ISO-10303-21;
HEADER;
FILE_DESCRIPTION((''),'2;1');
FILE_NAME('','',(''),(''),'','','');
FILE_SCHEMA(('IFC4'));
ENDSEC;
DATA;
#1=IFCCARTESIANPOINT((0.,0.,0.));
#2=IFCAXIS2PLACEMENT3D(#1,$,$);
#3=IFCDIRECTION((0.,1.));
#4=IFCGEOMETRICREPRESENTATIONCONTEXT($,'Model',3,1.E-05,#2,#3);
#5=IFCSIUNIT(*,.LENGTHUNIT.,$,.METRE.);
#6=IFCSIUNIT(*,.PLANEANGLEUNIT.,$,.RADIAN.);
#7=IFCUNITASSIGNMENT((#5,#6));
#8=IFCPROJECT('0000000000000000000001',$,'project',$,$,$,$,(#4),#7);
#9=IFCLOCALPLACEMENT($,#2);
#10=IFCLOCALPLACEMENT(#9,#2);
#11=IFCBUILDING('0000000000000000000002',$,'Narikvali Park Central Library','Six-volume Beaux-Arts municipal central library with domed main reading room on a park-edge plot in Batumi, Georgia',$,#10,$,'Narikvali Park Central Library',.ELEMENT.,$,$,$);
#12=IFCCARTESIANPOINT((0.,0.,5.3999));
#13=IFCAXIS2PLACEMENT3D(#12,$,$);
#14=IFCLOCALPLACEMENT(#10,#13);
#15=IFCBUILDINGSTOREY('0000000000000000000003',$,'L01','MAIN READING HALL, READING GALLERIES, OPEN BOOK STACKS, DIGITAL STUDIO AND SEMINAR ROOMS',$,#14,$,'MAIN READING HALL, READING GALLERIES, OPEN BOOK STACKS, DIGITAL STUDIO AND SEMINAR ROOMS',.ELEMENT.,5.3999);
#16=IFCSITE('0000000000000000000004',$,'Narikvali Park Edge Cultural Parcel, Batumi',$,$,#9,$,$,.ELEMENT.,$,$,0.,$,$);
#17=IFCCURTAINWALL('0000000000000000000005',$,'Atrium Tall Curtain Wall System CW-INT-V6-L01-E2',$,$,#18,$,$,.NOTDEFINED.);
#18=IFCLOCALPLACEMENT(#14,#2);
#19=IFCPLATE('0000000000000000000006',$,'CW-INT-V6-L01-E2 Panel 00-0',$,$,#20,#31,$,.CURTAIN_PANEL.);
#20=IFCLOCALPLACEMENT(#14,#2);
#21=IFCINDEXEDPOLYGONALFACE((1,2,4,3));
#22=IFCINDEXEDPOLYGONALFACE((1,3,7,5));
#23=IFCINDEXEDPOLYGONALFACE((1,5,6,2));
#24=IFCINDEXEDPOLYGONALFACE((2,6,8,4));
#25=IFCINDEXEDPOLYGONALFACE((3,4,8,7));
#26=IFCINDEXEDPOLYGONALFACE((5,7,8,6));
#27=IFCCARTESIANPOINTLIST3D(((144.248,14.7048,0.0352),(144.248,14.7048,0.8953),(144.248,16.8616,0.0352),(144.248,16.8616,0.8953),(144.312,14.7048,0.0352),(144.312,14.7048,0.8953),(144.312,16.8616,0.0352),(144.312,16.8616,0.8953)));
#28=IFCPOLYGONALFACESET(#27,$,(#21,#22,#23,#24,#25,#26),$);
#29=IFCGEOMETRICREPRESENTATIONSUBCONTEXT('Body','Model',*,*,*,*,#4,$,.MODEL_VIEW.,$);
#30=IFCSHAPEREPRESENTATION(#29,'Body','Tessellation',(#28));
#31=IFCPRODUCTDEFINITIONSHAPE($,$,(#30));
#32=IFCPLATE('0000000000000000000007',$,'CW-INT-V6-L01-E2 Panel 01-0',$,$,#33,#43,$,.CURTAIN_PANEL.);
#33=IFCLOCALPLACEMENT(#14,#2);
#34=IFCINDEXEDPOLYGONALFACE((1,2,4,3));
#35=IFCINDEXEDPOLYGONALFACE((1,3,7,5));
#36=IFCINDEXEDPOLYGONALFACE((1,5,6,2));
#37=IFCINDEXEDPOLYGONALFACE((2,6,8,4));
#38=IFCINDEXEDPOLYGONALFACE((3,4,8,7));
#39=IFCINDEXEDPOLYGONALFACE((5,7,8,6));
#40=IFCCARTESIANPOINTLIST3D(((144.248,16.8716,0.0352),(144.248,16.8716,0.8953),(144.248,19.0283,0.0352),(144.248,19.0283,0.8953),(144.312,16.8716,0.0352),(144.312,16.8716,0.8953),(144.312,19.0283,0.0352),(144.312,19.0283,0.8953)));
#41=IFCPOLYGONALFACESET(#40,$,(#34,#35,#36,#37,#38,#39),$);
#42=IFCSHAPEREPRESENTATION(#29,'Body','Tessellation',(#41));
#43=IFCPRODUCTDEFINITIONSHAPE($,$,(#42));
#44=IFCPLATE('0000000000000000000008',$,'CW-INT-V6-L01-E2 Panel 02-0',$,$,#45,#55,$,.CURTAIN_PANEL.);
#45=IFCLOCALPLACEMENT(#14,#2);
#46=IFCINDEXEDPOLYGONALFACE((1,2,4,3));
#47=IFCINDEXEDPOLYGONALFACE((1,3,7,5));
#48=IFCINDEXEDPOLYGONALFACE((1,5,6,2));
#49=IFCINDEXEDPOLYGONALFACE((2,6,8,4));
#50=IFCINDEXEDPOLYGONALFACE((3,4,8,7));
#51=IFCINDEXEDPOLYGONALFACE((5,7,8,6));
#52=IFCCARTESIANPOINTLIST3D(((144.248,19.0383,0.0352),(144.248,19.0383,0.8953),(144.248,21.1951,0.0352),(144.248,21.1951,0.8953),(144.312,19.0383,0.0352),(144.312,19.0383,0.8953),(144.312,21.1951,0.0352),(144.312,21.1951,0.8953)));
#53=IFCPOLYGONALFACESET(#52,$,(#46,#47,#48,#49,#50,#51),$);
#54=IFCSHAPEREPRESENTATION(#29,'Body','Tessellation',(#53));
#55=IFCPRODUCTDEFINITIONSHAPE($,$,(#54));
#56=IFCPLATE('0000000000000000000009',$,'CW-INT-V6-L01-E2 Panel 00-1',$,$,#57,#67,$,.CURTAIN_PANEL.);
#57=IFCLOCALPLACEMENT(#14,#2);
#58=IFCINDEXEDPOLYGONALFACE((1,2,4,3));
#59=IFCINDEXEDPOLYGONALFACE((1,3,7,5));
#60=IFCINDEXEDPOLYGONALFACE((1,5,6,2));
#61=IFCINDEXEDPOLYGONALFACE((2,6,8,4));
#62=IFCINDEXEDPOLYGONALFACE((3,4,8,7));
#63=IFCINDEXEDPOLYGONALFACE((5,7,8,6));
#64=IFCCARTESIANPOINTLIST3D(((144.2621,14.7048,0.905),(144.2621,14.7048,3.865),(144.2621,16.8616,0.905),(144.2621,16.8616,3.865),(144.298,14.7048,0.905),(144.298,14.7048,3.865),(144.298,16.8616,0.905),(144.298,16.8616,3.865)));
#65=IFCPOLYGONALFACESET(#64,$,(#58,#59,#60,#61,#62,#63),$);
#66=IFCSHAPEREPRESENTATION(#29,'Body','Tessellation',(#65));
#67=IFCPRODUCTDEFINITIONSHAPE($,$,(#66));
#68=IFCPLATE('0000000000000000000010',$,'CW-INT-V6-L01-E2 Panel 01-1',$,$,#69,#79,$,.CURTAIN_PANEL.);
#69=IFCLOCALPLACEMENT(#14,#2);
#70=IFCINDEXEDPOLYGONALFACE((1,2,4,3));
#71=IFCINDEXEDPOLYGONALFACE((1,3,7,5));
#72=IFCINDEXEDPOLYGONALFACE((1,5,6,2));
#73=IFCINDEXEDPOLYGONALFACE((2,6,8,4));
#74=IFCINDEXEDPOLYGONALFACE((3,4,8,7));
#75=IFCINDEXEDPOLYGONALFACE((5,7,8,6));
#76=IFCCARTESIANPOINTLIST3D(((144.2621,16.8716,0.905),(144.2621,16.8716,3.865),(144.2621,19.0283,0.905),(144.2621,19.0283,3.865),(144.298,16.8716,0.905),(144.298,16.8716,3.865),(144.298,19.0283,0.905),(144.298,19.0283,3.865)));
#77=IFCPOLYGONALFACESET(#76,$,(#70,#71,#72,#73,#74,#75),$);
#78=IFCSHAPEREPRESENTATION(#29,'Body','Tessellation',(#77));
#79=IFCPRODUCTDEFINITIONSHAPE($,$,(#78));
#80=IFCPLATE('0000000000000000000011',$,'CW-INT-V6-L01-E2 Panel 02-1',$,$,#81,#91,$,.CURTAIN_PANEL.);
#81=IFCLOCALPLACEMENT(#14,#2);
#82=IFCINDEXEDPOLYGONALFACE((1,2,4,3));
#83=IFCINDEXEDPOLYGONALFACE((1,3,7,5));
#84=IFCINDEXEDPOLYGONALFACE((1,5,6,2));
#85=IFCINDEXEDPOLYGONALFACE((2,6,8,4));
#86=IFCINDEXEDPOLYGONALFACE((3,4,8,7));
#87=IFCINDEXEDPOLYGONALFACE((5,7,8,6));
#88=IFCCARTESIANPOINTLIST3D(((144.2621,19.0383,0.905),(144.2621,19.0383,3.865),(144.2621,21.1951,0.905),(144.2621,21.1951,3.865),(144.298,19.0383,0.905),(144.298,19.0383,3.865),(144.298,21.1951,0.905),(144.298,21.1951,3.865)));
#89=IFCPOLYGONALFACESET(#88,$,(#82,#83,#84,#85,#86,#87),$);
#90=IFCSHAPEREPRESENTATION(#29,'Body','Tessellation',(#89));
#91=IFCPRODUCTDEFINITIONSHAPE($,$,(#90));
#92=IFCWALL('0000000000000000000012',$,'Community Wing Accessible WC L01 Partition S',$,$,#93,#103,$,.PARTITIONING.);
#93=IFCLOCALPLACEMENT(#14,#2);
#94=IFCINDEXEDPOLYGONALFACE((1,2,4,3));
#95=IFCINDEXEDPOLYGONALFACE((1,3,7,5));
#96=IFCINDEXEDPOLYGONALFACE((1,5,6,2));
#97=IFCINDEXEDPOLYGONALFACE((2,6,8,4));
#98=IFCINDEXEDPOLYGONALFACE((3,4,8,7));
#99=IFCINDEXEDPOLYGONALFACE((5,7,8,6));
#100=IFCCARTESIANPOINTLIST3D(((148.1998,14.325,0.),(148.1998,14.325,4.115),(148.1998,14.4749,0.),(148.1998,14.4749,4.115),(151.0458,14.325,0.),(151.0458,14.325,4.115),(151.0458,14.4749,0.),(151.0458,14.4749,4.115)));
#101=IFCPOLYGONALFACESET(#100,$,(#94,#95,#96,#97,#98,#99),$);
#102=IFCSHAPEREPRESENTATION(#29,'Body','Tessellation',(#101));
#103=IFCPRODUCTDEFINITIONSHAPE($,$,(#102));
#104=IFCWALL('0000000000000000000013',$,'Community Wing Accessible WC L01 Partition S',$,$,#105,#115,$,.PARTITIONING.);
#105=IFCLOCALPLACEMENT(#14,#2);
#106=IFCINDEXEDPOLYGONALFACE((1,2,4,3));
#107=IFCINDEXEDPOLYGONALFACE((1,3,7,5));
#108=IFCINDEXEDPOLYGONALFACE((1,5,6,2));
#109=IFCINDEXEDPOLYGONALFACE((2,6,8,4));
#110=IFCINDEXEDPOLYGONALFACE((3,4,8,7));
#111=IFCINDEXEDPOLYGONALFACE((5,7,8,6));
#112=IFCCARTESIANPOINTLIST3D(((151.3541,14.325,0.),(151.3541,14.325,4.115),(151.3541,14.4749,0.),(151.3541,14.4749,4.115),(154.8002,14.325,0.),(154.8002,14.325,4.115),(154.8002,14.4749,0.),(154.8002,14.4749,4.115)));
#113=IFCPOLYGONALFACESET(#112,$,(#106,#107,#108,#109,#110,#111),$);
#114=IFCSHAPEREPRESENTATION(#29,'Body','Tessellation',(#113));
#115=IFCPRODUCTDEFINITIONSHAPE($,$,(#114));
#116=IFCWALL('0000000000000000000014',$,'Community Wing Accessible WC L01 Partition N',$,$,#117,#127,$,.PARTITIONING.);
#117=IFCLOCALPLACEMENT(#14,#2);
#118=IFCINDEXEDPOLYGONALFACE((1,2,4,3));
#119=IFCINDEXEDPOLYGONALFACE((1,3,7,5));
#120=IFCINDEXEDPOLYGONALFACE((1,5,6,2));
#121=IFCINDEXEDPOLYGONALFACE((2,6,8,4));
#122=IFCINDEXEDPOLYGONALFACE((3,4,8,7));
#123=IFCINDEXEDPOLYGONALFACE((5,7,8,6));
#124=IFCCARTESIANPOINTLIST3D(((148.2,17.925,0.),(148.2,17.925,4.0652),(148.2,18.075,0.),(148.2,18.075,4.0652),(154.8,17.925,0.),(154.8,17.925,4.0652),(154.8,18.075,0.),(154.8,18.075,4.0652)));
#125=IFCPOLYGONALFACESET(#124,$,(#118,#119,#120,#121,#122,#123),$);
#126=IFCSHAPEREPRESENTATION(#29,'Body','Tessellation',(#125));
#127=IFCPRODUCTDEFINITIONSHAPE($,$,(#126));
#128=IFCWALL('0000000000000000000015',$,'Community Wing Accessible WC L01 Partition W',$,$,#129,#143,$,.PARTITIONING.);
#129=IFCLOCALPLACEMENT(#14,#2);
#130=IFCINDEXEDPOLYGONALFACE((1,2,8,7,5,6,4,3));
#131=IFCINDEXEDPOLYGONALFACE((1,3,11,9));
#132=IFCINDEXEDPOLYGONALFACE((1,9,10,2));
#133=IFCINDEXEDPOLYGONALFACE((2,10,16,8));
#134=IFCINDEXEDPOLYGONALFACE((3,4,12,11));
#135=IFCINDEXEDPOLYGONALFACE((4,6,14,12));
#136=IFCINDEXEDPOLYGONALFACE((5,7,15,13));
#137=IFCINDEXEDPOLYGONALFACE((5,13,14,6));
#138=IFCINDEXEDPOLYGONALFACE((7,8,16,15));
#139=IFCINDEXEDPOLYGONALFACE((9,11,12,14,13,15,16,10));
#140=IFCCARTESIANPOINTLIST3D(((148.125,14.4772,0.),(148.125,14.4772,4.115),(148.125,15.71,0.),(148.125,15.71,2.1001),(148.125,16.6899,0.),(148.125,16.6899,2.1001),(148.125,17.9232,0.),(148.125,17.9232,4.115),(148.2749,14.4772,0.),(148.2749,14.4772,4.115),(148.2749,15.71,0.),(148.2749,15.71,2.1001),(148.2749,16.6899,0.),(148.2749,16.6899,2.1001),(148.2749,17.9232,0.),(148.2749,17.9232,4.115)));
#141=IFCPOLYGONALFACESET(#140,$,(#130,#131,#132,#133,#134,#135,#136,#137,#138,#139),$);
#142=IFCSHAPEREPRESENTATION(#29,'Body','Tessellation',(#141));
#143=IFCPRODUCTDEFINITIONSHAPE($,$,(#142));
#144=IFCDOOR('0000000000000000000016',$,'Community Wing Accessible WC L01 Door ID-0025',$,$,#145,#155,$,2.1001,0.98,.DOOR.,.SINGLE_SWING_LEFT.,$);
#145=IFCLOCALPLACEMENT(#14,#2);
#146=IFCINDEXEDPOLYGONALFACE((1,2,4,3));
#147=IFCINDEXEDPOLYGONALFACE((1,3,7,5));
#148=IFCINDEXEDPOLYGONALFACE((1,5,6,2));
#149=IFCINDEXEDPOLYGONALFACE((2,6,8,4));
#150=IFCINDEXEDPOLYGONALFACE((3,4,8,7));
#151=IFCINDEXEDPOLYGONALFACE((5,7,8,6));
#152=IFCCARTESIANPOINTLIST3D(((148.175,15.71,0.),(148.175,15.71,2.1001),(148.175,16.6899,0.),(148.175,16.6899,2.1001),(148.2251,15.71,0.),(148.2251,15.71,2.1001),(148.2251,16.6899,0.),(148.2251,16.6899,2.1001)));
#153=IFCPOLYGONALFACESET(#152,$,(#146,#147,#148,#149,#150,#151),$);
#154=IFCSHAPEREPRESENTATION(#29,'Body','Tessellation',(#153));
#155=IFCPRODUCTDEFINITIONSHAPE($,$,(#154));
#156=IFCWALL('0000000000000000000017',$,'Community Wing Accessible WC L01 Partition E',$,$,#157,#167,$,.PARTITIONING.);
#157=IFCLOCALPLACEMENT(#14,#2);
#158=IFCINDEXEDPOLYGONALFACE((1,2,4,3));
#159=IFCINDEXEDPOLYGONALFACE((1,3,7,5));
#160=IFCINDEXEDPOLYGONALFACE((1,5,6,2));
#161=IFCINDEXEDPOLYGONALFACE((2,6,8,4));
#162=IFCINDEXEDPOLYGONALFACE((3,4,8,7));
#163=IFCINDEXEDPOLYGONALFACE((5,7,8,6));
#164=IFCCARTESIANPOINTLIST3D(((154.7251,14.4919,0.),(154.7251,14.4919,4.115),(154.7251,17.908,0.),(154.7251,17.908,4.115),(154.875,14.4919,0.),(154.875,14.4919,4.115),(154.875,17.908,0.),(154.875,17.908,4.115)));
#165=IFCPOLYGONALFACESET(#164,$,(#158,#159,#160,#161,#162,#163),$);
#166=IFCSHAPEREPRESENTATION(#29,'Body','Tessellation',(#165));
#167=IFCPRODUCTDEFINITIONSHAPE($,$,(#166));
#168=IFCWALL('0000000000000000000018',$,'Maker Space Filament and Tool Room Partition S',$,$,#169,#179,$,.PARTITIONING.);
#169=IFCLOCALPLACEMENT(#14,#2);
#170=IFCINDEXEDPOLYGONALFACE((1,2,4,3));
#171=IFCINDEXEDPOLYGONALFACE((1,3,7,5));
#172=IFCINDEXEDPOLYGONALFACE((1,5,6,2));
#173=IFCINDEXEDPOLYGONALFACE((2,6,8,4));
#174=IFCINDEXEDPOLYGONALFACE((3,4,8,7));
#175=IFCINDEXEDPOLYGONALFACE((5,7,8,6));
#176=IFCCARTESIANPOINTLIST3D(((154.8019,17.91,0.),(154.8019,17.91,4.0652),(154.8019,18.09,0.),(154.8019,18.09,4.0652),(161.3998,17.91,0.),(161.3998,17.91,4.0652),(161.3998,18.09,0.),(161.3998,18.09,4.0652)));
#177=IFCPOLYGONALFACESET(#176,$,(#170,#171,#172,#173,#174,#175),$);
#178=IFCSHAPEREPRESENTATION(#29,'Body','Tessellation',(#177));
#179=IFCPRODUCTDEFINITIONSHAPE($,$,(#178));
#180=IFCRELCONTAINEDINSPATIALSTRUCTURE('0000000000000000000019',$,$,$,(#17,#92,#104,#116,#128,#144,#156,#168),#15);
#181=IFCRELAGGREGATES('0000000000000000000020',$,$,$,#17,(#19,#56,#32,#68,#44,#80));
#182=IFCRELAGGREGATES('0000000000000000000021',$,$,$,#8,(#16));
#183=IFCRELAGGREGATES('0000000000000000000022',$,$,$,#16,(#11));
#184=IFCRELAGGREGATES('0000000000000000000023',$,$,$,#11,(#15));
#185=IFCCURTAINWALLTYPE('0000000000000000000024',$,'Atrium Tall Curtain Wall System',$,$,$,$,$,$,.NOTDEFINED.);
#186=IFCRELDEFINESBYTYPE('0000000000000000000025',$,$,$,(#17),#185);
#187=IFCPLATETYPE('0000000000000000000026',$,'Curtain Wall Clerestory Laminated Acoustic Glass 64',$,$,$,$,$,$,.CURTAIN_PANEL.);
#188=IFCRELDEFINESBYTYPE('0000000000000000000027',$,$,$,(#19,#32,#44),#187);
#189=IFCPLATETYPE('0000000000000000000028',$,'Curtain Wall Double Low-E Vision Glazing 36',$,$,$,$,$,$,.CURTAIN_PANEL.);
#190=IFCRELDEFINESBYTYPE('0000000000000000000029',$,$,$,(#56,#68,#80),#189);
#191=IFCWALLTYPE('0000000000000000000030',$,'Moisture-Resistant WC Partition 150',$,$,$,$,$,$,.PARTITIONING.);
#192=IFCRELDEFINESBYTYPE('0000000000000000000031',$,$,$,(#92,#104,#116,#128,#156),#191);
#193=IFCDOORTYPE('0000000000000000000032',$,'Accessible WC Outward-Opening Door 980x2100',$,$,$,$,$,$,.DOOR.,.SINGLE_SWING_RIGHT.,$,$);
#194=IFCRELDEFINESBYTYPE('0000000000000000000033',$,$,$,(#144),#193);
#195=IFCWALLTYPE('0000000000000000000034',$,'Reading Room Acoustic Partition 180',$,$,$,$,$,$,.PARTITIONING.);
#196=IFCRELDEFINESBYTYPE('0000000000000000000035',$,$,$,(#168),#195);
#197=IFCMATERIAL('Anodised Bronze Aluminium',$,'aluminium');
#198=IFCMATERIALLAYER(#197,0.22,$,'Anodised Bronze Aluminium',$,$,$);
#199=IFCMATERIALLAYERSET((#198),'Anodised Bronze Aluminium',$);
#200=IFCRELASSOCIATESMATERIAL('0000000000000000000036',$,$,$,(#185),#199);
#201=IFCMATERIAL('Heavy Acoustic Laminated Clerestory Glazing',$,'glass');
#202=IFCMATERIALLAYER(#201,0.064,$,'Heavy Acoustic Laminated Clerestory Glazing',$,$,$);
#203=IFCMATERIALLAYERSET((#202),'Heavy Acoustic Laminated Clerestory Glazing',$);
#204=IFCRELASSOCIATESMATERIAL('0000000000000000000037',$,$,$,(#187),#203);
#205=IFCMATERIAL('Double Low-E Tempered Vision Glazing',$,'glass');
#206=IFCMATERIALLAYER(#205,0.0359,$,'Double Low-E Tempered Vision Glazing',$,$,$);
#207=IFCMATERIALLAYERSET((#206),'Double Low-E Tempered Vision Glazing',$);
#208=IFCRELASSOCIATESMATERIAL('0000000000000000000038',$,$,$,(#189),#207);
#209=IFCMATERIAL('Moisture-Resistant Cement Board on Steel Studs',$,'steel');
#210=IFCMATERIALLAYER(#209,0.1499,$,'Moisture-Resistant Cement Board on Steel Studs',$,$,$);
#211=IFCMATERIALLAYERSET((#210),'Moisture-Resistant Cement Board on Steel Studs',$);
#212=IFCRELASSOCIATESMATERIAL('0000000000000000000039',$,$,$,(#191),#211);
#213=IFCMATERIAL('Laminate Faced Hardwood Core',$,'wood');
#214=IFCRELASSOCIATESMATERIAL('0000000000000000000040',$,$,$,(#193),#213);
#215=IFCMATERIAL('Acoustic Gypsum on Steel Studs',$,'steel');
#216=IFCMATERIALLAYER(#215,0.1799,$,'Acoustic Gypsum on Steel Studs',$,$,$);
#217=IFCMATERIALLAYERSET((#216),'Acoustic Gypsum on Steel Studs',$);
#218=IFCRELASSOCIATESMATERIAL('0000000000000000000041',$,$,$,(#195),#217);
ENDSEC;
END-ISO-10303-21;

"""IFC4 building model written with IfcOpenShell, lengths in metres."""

from ifc_helpers import new_model, si_unit, direction, frame, frame_2d, origin, origin_2d, place, context, subcontext, project, spatial, rectangle, extrude, material, layer, layer_set, type_object, element, fill, aggregate, save


model = new_model("IFC4")

# Units and contexts
model_context = context("Model", 3, precision=1e-05, world=origin(), true_north=direction((0.0, 1.0)))
body_context = subcontext(model_context, "Body", "Model", "MODEL_VIEW")
ifc_project = project(units=[si_unit("LENGTHUNIT", "METRE"), si_unit("PLANEANGLEUNIT", "RADIAN")], contexts=[model_context])

# Site, building, storey
site_placement = place(None, origin())
site = spatial("IfcSite", under=ifc_project, at=site_placement, Name="Narikvali Park Edge Cultural Parcel, Batumi", CompositionType="ELEMENT", RefElevation=0.0)
building_placement = place(site_placement, origin())
building = spatial("IfcBuilding", under=site, at=building_placement, Name="Narikvali Park Central Library", Description="Six-volume Beaux-Arts municipal central library with domed main reading room on a park-edge plot in Batumi, Georgia", LongName="Narikvali Park Central Library", CompositionType="ELEMENT")
storey_placement = place(building_placement, frame((0.0, 0.0, 5.3999)))
storey = spatial("IfcBuildingStorey", under=building, at=storey_placement, Name="L01", Description="MAIN READING HALL, READING GALLERIES, OPEN BOOK STACKS, DIGITAL STUDIO AND SEMINAR ROOMS", LongName="MAIN READING HALL, READING GALLERIES, OPEN BOOK STACKS, DIGITAL STUDIO AND SEMINAR ROOMS", CompositionType="ELEMENT", Elevation=5.3999)

# Curtain wall
ifc_material_1 = material(Name="Anodised Bronze Aluminium", Category="aluminium")
ifc_layer_1 = layer(ifc_material_1, 0.22, Name="Anodised Bronze Aluminium")
ifc_layer_set_1 = layer_set([ifc_layer_1], Name="Anodised Bronze Aluminium")
curtain_wall_type = type_object("IfcCurtainWallType", Name="Atrium Tall Curtain Wall System", PredefinedType="NOTDEFINED", material=ifc_layer_set_1)
curtain_wall_placement = place(storey_placement, origin())
curtain_wall = element("IfcCurtainWall", 1, at=curtain_wall_placement, inside=storey, type_object=curtain_wall_type, Name="Atrium Tall Curtain Wall System CW-INT-V6-L01-E2", PredefinedType="NOTDEFINED")

# Plates
ifc_material_2 = material(Name="Heavy Acoustic Laminated Clerestory Glazing", Category="glass")
ifc_layer_2 = layer(ifc_material_2, 0.064, Name="Heavy Acoustic Laminated Clerestory Glazing")
ifc_layer_set_2 = layer_set([ifc_layer_2], Name="Heavy Acoustic Laminated Clerestory Glazing")
plate_type_1 = type_object("IfcPlateType", Name="Curtain Wall Clerestory Laminated Acoustic Glass 64", PredefinedType="CURTAIN_PANEL", material=ifc_layer_set_2)
plate_1_placement = place(storey_placement, frame((144.28, 15.7832, 0.0352), z_axis=(0.0, 0.0, 1.0), x_axis=(0.0, 1.0, 0.0)))
plate_1 = element("IfcPlate", 2, at=plate_1_placement, type_object=plate_type_1, Name="CW-INT-V6-L01-E2 Panel 00-0", PredefinedType="CURTAIN_PANEL", context=body_context, shape_type="SweptSolid", body=[
    extrude(rectangle(XDim=2.1567, YDim=0.064, at=origin_2d()), origin(), (0.0, 0.0, 1.0), 0.8601),
])
plate_2_placement = place(storey_placement, frame((144.28, 17.95, 0.0352), z_axis=(0.0, 0.0, 1.0), x_axis=(0.0, 1.0, 0.0)))
plate_2 = element("IfcPlate", 3, at=plate_2_placement, type_object=plate_type_1, Name="CW-INT-V6-L01-E2 Panel 01-0", PredefinedType="CURTAIN_PANEL", context=body_context, shape_type="SweptSolid", body=[
    extrude(rectangle(XDim=2.1567, YDim=0.064, at=origin_2d()), origin(), (0.0, 0.0, 1.0), 0.8601),
])
plate_3_placement = place(storey_placement, frame((144.28, 20.1167, 0.0352), z_axis=(0.0, 0.0, 1.0), x_axis=(0.0, 1.0, 0.0)))
plate_3 = element("IfcPlate", 4, at=plate_3_placement, type_object=plate_type_1, Name="CW-INT-V6-L01-E2 Panel 02-0", PredefinedType="CURTAIN_PANEL", context=body_context, shape_type="SweptSolid", body=[
    extrude(rectangle(XDim=2.1567, YDim=0.064, at=origin_2d()), origin(), (0.0, 0.0, 1.0), 0.8601),
])
ifc_material_3 = material(Name="Double Low-E Tempered Vision Glazing", Category="glass")
ifc_layer_3 = layer(ifc_material_3, 0.0359, Name="Double Low-E Tempered Vision Glazing")
ifc_layer_set_3 = layer_set([ifc_layer_3], Name="Double Low-E Tempered Vision Glazing")
plate_type_2 = type_object("IfcPlateType", Name="Curtain Wall Double Low-E Vision Glazing 36", PredefinedType="CURTAIN_PANEL", material=ifc_layer_set_3)
plate_4_placement = place(storey_placement, frame((144.28, 15.7832, 0.905), z_axis=(0.0, 0.0, 1.0), x_axis=(0.0, 1.0, 0.0)))
plate_4 = element("IfcPlate", 5, at=plate_4_placement, type_object=plate_type_2, Name="CW-INT-V6-L01-E2 Panel 00-1", PredefinedType="CURTAIN_PANEL", context=body_context, shape_type="SweptSolid", body=[
    extrude(rectangle(XDim=2.1567, YDim=0.0359, at=origin_2d()), origin(), (0.0, 0.0, 1.0), 2.96),
])
plate_5_placement = place(storey_placement, frame((144.28, 17.95, 0.905), z_axis=(0.0, 0.0, 1.0), x_axis=(0.0, 1.0, 0.0)))
plate_5 = element("IfcPlate", 6, at=plate_5_placement, type_object=plate_type_2, Name="CW-INT-V6-L01-E2 Panel 01-1", PredefinedType="CURTAIN_PANEL", context=body_context, shape_type="SweptSolid", body=[
    extrude(rectangle(XDim=2.1567, YDim=0.0359, at=origin_2d()), origin(), (0.0, 0.0, 1.0), 2.96),
])
plate_6_placement = place(storey_placement, frame((144.28, 20.1167, 0.905), z_axis=(0.0, 0.0, 1.0), x_axis=(0.0, 1.0, 0.0)))
plate_6 = element("IfcPlate", 7, at=plate_6_placement, type_object=plate_type_2, Name="CW-INT-V6-L01-E2 Panel 02-1", PredefinedType="CURTAIN_PANEL", context=body_context, shape_type="SweptSolid", body=[
    extrude(rectangle(XDim=2.1567, YDim=0.0359, at=origin_2d()), origin(), (0.0, 0.0, 1.0), 2.96),
])
aggregate(curtain_wall, [plate_1, plate_4, plate_2, plate_5, plate_3, plate_6])

# Walls
ifc_material_4 = material(Name="Moisture-Resistant Cement Board on Steel Studs", Category="steel")
ifc_layer_4 = layer(ifc_material_4, 0.1499, Name="Moisture-Resistant Cement Board on Steel Studs")
ifc_layer_set_4 = layer_set([ifc_layer_4], Name="Moisture-Resistant Cement Board on Steel Studs")
wall_type_1 = type_object("IfcWallType", Name="Moisture-Resistant WC Partition 150", PredefinedType="PARTITIONING", material=ifc_layer_set_4)
wall_1_placement = place(storey_placement, frame((148.2, 14.3999, 0.0), z_axis=(0.0, 0.0, 1.0), x_axis=(1.0, 0.0, 0.0)))
element("IfcWall", 8, at=wall_1_placement, inside=storey, type_object=wall_type_1, Name="Community Wing Accessible WC L01 Partition S", PredefinedType="PARTITIONING", context=body_context, shape_type="SweptSolid", body=[
    extrude(rectangle(XDim=2.8459, YDim=0.1499, at=frame_2d((1.4229, 0.0))), origin(), (0.0, 0.0, 1.0), 4.115),
])
wall_2_placement = place(storey_placement, frame((151.354, 14.3999, 0.0), z_axis=(0.0, 0.0, 1.0), x_axis=(1.0, 0.0, 0.0)))
element("IfcWall", 9, at=wall_2_placement, inside=storey, type_object=wall_type_1, Name="Community Wing Accessible WC L01 Partition S", PredefinedType="PARTITIONING", context=body_context, shape_type="SweptSolid", body=[
    extrude(rectangle(XDim=3.446, YDim=0.1499, at=frame_2d((1.7231, 0.0))), origin(), (0.0, 0.0, 1.0), 4.115),
])
wall_3_placement = place(storey_placement, frame((148.2, 18.0, 0.0), z_axis=(0.0, 0.0, 1.0), x_axis=(1.0, 0.0, 0.0)))
element("IfcWall", 10, at=wall_3_placement, inside=storey, type_object=wall_type_1, Name="Community Wing Accessible WC L01 Partition N", PredefinedType="PARTITIONING", context=body_context, shape_type="SweptSolid", body=[
    extrude(rectangle(XDim=6.6001, YDim=0.1499, at=frame_2d((3.3, 0.0))), origin(), (0.0, 0.0, 1.0), 4.0652),
])

# Wall, opening, door
wall_4_placement = place(storey_placement, frame((148.2, 14.4771, 0.0), z_axis=(0.0, 0.0, 1.0), x_axis=(0.0, 1.0, 0.0)))
wall_4 = element("IfcWall", 11, at=wall_4_placement, inside=storey, type_object=wall_type_1, Name="Community Wing Accessible WC L01 Partition W", PredefinedType="PARTITIONING", context=body_context, shape_type="SweptSolid", body=[
    extrude(rectangle(XDim=3.446, YDim=0.1499, at=frame_2d((1.7231, 0.0))), origin(), (0.0, 0.0, 1.0), 4.115),
])
opening_placement = place(wall_4_placement, frame((1.2329, 0.0, 0.0)))
opening = element("IfcOpeningElement", 12, at=opening_placement, cuts=wall_4, PredefinedType="OPENING", context=body_context, shape_type="SweptSolid", body=[
    extrude(rectangle(XDim=0.98, YDim=2.1001, at=frame_2d((0.49, 1.05))), frame((0.0, 0.0869, 0.0), z_axis=(0.0, -1.0, 0.0), x_axis=(1.0, 0.0, 0.0)), (0.0, 0.0, 1.0), 0.1738),
])
ifc_material_5 = material(Name="Laminate Faced Hardwood Core", Category="wood")
door_type = type_object("IfcDoorType", Name="Accessible WC Outward-Opening Door 980x2100", OperationType="SINGLE_SWING_RIGHT", PredefinedType="DOOR", material=ifc_material_5)
door_placement = place(opening_placement, origin())
door = element("IfcDoor", 13, at=door_placement, inside=storey, type_object=door_type, Name="Community Wing Accessible WC L01 Door ID-0025", OperationType="SINGLE_SWING_LEFT", OverallHeight=2.1001, OverallWidth=0.98, PredefinedType="DOOR", context=body_context, shape_type="SweptSolid", body=[
    extrude(rectangle(XDim=0.98, YDim=2.1001, at=frame_2d((0.49, 1.05))), frame((0.0, 0.0249, 0.0), z_axis=(0.0, -1.0, 0.0), x_axis=(1.0, 0.0, 0.0)), (0.0, 0.0, 1.0), 0.05),
])
fill(opening, door)

# Walls
wall_5_placement = place(storey_placement, frame((154.8, 14.4919, 0.0), z_axis=(0.0, 0.0, 1.0), x_axis=(0.0, 1.0, 0.0)))
element("IfcWall", 14, at=wall_5_placement, inside=storey, type_object=wall_type_1, Name="Community Wing Accessible WC L01 Partition E", PredefinedType="PARTITIONING", context=body_context, shape_type="SweptSolid", body=[
    extrude(rectangle(XDim=3.416, YDim=0.1499, at=frame_2d((1.708, 0.0))), origin(), (0.0, 0.0, 1.0), 4.115),
])
ifc_material_6 = material(Name="Acoustic Gypsum on Steel Studs", Category="steel")
ifc_layer_5 = layer(ifc_material_6, 0.1799, Name="Acoustic Gypsum on Steel Studs")
ifc_layer_set_5 = layer_set([ifc_layer_5], Name="Acoustic Gypsum on Steel Studs")
wall_type_2 = type_object("IfcWallType", Name="Reading Room Acoustic Partition 180", PredefinedType="PARTITIONING", material=ifc_layer_set_5)
wall_6_placement = place(storey_placement, frame((154.802, 18.0, 0.0), z_axis=(0.0, 0.0, 1.0), x_axis=(1.0, 0.0, 0.0)))
element("IfcWall", 15, at=wall_6_placement, inside=storey, type_object=wall_type_2, Name="Maker Space Filament and Tool Room Partition S", PredefinedType="PARTITIONING", context=body_context, shape_type="SweptSolid", body=[
    extrude(rectangle(XDim=6.5979, YDim=0.1799, at=frame_2d((3.2988, 0.0))), origin(), (0.0, 0.0, 1.0), 4.0652),
])

save(model, "model.ifc")
